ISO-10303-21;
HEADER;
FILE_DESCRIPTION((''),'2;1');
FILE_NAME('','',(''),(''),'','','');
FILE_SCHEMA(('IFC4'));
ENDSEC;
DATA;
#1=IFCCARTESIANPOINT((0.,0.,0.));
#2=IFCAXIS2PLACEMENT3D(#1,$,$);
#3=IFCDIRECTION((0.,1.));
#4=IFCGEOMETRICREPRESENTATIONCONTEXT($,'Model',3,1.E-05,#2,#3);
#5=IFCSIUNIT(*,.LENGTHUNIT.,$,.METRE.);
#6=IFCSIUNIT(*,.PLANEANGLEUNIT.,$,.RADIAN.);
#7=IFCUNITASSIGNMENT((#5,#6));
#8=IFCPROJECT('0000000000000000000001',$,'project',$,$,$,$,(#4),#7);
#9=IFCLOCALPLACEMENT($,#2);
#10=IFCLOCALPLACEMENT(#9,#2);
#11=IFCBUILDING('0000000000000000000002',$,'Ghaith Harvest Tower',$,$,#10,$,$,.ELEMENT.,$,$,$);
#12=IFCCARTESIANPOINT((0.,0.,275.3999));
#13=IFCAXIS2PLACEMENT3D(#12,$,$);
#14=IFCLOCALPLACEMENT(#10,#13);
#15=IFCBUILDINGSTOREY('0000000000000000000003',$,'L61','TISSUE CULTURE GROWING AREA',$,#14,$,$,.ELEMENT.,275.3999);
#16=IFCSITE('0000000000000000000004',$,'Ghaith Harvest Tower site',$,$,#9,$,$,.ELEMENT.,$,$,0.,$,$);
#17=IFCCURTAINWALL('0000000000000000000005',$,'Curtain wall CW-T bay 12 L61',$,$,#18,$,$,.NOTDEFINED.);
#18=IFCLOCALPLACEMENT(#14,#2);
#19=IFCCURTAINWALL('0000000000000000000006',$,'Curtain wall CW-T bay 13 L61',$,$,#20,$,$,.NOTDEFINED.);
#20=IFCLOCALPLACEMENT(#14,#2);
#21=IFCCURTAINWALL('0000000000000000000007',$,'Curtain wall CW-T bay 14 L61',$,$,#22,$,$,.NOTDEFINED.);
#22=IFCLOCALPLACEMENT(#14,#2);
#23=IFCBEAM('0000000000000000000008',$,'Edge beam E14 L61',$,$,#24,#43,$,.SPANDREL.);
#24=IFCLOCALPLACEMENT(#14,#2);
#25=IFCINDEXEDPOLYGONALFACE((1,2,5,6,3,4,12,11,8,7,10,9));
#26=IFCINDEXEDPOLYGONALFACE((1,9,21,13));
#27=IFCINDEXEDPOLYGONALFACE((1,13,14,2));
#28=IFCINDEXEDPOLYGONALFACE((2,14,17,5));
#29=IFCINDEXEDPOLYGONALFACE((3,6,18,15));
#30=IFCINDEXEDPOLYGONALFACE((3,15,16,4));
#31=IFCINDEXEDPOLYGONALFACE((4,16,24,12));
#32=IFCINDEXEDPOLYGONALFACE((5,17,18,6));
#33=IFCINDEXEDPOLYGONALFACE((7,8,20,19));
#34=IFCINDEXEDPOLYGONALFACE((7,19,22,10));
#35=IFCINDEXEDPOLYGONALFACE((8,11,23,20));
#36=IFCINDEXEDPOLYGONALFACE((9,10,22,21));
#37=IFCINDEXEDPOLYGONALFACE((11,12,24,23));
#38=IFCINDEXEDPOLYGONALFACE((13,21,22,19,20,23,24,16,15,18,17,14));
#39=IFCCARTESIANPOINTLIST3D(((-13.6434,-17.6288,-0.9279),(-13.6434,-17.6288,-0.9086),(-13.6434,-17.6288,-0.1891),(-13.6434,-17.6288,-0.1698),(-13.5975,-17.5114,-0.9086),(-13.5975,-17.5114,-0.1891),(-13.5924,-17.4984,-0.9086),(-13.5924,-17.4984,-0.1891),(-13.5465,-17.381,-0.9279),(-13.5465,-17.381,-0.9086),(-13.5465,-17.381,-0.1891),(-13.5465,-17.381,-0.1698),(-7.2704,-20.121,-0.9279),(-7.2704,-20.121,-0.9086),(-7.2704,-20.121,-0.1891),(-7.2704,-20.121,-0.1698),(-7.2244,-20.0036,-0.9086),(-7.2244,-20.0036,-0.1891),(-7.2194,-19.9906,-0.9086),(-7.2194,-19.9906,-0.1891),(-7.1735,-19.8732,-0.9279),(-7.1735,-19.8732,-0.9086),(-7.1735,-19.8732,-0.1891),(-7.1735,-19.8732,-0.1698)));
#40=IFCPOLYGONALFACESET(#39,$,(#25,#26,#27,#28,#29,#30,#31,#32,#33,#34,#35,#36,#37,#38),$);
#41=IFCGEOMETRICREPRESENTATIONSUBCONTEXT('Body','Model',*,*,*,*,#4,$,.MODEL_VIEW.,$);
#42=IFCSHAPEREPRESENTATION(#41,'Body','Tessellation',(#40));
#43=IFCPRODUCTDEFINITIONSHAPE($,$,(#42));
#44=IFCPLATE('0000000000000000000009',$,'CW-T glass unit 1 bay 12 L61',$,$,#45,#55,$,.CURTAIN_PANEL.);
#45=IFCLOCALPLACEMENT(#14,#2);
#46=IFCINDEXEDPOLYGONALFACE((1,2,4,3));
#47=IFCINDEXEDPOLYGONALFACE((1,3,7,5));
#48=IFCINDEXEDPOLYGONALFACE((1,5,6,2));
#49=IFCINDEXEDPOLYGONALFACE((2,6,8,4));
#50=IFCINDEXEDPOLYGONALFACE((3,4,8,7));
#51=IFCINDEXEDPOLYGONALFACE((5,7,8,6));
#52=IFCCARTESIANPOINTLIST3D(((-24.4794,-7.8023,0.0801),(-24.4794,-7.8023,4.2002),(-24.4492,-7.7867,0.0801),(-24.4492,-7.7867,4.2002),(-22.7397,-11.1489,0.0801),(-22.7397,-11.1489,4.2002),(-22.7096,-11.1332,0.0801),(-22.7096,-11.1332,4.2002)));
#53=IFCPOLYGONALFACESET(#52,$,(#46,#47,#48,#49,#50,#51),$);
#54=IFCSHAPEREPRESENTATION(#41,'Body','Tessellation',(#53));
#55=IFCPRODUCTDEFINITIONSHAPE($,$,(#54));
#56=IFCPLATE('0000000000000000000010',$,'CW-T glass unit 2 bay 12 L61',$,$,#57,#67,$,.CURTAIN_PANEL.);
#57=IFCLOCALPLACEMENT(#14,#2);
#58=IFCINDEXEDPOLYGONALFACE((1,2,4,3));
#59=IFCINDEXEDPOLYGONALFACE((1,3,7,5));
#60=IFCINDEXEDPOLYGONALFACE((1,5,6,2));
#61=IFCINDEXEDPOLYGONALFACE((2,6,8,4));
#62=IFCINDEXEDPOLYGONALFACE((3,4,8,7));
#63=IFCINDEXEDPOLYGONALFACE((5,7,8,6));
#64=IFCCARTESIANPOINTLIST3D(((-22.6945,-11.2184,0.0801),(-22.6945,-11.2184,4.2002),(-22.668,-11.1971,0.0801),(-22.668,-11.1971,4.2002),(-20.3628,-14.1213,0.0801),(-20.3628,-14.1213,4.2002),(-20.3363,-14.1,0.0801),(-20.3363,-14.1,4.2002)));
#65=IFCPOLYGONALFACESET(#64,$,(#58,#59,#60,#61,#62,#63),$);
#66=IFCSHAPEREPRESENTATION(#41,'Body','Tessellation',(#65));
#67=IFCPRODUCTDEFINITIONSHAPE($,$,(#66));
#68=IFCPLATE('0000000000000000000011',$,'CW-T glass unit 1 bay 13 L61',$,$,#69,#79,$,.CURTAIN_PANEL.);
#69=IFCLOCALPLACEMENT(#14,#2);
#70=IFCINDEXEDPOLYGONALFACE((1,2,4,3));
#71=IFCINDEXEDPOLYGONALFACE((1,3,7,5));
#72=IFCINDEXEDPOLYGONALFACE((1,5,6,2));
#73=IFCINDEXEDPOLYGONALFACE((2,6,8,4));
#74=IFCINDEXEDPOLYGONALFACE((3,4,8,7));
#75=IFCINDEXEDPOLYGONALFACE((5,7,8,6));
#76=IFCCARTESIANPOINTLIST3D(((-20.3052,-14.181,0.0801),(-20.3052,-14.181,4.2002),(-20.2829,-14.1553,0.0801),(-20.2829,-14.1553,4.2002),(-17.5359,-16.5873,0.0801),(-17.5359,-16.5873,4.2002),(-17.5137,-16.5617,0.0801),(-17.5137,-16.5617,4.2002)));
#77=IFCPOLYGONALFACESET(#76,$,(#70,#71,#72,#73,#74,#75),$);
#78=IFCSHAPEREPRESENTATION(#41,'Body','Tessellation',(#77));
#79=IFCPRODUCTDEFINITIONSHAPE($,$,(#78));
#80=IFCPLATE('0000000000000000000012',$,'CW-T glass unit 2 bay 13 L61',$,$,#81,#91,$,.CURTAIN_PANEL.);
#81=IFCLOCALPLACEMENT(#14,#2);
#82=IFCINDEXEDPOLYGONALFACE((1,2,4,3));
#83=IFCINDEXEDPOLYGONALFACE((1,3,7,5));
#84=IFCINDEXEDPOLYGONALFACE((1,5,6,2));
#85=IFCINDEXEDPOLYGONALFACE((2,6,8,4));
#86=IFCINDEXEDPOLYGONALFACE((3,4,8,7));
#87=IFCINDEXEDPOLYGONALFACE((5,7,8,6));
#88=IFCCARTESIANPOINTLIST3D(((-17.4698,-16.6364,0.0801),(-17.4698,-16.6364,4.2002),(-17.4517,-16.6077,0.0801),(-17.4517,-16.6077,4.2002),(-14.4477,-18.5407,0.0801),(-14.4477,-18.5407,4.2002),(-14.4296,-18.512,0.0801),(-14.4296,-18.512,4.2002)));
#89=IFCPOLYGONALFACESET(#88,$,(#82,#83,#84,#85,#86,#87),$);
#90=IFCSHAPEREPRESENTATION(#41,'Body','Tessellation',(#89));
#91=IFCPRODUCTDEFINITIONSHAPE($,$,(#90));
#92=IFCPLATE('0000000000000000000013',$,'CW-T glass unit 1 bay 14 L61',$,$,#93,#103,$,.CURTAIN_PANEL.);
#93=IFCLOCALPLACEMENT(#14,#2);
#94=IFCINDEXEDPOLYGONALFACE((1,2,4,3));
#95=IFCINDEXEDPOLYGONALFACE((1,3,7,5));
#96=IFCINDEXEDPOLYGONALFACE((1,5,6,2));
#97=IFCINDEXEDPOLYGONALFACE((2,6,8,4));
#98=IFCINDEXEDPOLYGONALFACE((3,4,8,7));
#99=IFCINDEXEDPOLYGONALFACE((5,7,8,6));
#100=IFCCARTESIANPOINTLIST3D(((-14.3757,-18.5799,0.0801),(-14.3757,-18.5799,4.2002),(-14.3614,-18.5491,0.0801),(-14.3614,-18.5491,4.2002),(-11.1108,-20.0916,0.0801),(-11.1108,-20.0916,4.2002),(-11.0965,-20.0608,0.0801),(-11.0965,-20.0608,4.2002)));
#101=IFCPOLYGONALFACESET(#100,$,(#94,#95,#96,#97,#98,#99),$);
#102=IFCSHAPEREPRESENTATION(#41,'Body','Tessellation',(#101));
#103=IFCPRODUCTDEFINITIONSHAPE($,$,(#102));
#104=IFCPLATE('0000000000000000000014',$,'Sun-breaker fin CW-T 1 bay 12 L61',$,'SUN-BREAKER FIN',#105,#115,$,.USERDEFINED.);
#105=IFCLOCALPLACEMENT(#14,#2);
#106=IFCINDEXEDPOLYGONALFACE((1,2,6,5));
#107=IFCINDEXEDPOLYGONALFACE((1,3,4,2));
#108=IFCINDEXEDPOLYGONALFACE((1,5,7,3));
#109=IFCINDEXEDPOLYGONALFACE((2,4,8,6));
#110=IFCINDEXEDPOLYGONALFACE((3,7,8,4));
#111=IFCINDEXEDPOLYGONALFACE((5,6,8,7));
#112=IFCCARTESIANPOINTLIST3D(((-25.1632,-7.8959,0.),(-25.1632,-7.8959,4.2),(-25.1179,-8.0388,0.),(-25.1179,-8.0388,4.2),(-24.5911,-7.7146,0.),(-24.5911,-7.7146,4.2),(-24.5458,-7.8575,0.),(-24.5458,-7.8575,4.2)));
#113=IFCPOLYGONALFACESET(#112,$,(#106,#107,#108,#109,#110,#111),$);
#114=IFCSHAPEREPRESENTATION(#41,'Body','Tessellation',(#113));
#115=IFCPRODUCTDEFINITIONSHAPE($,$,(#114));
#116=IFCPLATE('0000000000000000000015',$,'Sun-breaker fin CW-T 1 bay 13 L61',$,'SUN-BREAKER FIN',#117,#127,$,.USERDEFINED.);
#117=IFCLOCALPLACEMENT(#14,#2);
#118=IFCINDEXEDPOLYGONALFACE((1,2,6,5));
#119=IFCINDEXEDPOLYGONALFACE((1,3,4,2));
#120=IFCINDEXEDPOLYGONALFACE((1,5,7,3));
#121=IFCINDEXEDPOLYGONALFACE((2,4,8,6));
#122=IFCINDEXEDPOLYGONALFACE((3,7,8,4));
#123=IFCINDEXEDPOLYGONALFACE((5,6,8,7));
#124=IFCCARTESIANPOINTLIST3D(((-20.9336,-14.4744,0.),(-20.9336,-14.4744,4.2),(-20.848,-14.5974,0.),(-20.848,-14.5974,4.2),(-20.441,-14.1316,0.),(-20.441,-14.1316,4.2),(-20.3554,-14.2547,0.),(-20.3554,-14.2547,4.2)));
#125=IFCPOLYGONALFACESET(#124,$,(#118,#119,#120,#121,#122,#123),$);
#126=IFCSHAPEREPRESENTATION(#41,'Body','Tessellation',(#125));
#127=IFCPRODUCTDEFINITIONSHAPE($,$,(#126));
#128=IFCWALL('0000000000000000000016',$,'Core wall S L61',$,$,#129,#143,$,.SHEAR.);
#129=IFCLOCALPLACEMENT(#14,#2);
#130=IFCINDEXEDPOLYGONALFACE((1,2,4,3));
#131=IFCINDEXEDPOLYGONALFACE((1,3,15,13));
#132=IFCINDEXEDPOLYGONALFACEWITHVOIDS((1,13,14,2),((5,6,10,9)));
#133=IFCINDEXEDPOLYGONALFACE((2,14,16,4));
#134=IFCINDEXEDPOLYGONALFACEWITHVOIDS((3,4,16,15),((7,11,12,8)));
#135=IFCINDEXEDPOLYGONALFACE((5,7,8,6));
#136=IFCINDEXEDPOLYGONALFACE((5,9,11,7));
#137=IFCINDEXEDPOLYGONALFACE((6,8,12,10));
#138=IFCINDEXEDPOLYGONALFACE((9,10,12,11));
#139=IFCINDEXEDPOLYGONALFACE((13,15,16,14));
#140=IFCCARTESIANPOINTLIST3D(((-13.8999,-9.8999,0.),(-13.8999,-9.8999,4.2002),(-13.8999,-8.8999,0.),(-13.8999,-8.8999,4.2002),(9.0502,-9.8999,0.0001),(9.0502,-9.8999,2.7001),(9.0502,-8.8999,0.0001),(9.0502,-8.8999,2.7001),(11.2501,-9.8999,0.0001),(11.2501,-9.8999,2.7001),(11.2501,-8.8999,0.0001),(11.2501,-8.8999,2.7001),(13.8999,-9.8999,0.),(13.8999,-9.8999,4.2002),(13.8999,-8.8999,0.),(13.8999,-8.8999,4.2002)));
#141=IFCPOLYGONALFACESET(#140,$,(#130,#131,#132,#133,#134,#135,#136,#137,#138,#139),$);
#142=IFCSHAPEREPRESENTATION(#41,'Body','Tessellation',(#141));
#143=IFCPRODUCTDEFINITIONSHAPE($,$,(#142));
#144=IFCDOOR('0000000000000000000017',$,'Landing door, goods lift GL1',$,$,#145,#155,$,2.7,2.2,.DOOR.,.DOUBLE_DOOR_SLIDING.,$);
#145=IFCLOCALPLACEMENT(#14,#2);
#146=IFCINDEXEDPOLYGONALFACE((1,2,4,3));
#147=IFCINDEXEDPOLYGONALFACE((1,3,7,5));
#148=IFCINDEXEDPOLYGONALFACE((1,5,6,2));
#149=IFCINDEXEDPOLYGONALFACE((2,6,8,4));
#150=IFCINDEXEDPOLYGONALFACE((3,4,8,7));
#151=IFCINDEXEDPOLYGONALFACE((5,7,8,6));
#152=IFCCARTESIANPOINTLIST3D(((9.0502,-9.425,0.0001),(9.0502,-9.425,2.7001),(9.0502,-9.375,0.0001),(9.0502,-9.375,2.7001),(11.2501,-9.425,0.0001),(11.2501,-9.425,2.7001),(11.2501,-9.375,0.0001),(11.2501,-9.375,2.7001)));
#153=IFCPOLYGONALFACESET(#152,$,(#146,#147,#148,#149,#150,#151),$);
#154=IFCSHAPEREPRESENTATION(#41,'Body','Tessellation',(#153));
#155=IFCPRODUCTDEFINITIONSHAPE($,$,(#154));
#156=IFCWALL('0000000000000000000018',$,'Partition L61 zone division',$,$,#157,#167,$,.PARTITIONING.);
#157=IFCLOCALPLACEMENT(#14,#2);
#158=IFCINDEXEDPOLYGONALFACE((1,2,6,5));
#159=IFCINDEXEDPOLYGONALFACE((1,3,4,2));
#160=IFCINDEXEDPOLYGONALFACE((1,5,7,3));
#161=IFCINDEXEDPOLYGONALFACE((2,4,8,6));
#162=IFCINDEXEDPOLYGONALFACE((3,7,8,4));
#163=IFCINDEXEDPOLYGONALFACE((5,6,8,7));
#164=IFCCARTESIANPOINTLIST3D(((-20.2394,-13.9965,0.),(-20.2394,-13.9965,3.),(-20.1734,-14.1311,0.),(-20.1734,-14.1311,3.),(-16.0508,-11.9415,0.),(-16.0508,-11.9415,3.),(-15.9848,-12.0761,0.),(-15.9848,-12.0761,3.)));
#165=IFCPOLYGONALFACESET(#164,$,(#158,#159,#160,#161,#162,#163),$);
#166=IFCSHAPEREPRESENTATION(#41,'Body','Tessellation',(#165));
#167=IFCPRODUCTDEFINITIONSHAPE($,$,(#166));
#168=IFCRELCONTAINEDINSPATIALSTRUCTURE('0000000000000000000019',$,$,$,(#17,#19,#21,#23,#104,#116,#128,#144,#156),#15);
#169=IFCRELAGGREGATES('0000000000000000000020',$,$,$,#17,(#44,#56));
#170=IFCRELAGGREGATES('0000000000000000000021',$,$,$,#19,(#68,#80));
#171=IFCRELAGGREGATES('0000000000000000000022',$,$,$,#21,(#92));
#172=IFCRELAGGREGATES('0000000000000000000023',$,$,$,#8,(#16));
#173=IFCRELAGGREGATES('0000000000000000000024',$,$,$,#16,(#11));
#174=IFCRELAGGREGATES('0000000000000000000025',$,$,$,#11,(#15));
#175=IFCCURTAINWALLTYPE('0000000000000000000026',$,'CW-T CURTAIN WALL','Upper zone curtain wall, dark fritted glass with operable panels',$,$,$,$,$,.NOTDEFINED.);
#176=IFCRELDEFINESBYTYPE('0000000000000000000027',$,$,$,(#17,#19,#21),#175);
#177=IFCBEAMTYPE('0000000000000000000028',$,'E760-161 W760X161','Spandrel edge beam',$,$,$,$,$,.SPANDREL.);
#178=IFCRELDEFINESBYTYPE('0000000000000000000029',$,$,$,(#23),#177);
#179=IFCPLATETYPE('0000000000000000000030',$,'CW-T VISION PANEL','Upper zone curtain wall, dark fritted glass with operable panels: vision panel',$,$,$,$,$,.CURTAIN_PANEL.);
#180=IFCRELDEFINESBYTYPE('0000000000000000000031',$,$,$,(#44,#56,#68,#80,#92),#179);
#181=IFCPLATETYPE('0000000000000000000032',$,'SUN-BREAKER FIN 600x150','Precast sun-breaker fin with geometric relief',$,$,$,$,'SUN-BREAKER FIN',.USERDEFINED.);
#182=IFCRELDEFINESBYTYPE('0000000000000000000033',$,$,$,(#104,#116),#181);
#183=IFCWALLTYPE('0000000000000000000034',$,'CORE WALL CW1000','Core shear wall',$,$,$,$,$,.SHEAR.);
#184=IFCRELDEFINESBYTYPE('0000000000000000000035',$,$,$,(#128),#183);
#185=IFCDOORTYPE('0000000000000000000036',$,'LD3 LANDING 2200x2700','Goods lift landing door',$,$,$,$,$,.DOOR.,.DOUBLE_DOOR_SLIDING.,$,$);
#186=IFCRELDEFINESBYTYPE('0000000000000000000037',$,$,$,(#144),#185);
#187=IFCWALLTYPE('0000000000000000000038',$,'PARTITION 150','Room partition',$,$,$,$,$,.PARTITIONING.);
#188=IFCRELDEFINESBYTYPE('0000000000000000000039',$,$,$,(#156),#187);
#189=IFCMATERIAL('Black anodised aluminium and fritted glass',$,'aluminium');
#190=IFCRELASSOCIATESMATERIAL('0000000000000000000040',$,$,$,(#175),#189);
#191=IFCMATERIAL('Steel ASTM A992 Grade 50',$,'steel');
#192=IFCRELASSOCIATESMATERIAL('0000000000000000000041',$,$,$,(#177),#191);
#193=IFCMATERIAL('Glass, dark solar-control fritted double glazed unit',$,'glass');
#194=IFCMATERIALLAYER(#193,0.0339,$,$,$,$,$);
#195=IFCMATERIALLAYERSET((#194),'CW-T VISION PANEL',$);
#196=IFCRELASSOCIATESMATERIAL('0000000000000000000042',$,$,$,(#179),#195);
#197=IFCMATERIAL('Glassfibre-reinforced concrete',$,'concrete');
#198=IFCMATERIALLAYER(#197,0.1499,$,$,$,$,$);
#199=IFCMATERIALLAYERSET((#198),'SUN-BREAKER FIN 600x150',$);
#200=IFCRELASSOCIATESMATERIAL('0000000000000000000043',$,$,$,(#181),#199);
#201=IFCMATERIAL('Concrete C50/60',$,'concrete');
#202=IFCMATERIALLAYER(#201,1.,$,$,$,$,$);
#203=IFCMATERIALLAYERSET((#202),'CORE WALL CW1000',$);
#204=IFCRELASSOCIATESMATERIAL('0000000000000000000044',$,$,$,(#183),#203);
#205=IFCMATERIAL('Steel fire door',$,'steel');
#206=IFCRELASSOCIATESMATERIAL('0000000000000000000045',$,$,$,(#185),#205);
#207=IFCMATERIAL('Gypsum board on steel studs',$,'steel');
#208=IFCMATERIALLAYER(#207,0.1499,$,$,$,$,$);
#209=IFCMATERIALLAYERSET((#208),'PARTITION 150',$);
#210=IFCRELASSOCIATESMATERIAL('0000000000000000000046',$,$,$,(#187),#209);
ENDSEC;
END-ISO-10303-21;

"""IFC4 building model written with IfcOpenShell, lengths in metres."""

from ifc_helpers import new_model, si_unit, direction, frame, frame_2d, origin, origin_2d, place, context, subcontext, project, spatial, rectangle, i_section, extrude, material, layer, layer_set, material_profile, profile_set, type_object, element, fill, aggregate, save


model = new_model("IFC4")

# Units and contexts
model_context = context("Model", 3, precision=1e-05, world=origin(), true_north=direction((0.0, 1.0)))
body_context = subcontext(model_context, "Body", "Model", "MODEL_VIEW")
ifc_project = project(units=[si_unit("LENGTHUNIT", "METRE"), si_unit("PLANEANGLEUNIT", "RADIAN")], contexts=[model_context])

# Site, building, storey
site_placement = place(None, origin())
site = spatial("IfcSite", under=ifc_project, at=site_placement, Name="Ghaith Harvest Tower site", CompositionType="ELEMENT", RefElevation=0.0)
building_placement = place(site_placement, origin())
building = spatial("IfcBuilding", under=site, at=building_placement, Name="Ghaith Harvest Tower", CompositionType="ELEMENT")
storey_placement = place(building_placement, frame((0.0, 0.0, 275.3999)))
storey = spatial("IfcBuildingStorey", under=building, at=storey_placement, Name="L61", Description="TISSUE CULTURE GROWING AREA", CompositionType="ELEMENT", Elevation=275.3999)

# Curtain walls
ifc_material_1 = material(Name="Black anodised aluminium and fritted glass", Category="aluminium")
curtain_wall_type = type_object("IfcCurtainWallType", Name="CW-T CURTAIN WALL", Description="Upper zone curtain wall, dark fritted glass with operable panels", PredefinedType="NOTDEFINED", material=ifc_material_1)
curtain_wall_1_placement = place(storey_placement, origin())
curtain_wall_1 = element("IfcCurtainWall", 1, at=curtain_wall_1_placement, inside=storey, type_object=curtain_wall_type, Name="Curtain wall CW-T bay 12 L61", PredefinedType="NOTDEFINED")
curtain_wall_2_placement = place(storey_placement, origin())
curtain_wall_2 = element("IfcCurtainWall", 2, at=curtain_wall_2_placement, inside=storey, type_object=curtain_wall_type, Name="Curtain wall CW-T bay 13 L61", PredefinedType="NOTDEFINED")

# Curtain wall
curtain_wall_3_placement = place(storey_placement, origin())
curtain_wall_3 = element("IfcCurtainWall", 3, at=curtain_wall_3_placement, inside=storey, type_object=curtain_wall_type, Name="Curtain wall CW-T bay 14 L61", PredefinedType="NOTDEFINED")

# Beam
ifc_material_2 = material(Name="Steel ASTM A992 Grade 50", Category="steel")
ifc_material_profile_1 = material_profile(ifc_material_2, i_section(OverallWidth=0.2661, OverallDepth=0.7581, WebThickness=0.0139, FlangeThickness=0.0193, at=origin_2d()), Name="W760X161")
ifc_profile_set_1 = profile_set([ifc_material_profile_1], Name="Steel ASTM A992 Grade 50")
beam_type = type_object("IfcBeamType", Name="E760-161 W760X161", Description="Spandrel edge beam", PredefinedType="SPANDREL", material=ifc_profile_set_1)
beam_1_placement = place(storey_placement, frame((-13.595, -17.5049, -0.5488), z_axis=(0.931323, -0.364195, 0.0), x_axis=(0.364195, 0.931323, 0.0)))
element("IfcBeam", 4, at=beam_1_placement, inside=storey, type_object=beam_type, Name="Edge beam E14 L61", PredefinedType="SPANDREL", context=body_context, shape_type="SweptSolid", body=[
    extrude(i_section(OverallWidth=0.2661, OverallDepth=0.7581, WebThickness=0.0139, FlangeThickness=0.0193, at=origin_2d()), origin(), (0.0, 0.0, 1.0), 6.843),
])

# Plates
ifc_material_3 = material(Name="Glass, dark solar-control fritted double glazed unit", Category="glass")
ifc_layer_1 = layer(ifc_material_3, 0.0339)
ifc_layer_set_1 = layer_set([ifc_layer_1], Name="CW-T VISION PANEL")
plate_type_1 = type_object("IfcPlateType", Name="CW-T VISION PANEL", Description="Upper zone curtain wall, dark fritted glass with operable panels: vision panel", PredefinedType="CURTAIN_PANEL", material=ifc_layer_set_1)
plate_1_placement = place(storey_placement, frame((-23.5945, -9.4678, 0.0801), z_axis=(0.0, 0.0, 1.0), x_axis=(0.46123, -0.887281, 0.0)))
plate_1 = element("IfcPlate", 5, at=plate_1_placement, type_object=plate_type_1, Name="CW-T glass unit 1 bay 12 L61", PredefinedType="CURTAIN_PANEL", context=body_context, shape_type="SweptSolid", body=[
    extrude(rectangle(XDim=3.7717, YDim=0.0339, at=origin_2d()), origin(), (0.0, 0.0, 1.0), 4.1201),
])
plate_2_placement = place(storey_placement, frame((-21.5154, -12.6592, 0.0801), z_axis=(0.0, 0.0, 1.0), x_axis=(0.62623, -0.779639, 0.0)))
plate_2 = element("IfcPlate", 6, at=plate_2_placement, type_object=plate_type_1, Name="CW-T glass unit 2 bay 12 L61", PredefinedType="CURTAIN_PANEL", context=body_context, shape_type="SweptSolid", body=[
    extrude(rectangle(XDim=3.7234, YDim=0.0339, at=origin_2d()), origin(), (0.0, 0.0, 1.0), 4.1201),
])
aggregate(curtain_wall_1, [plate_1, plate_2])
plate_3_placement = place(storey_placement, frame((-18.9094, -15.3713, 0.0801), z_axis=(0.0, 0.0, 1.0), x_axis=(0.754829, -0.655922, 0.0)))
plate_3 = element("IfcPlate", 7, at=plate_3_placement, type_object=plate_type_1, Name="CW-T glass unit 1 bay 13 L61", PredefinedType="CURTAIN_PANEL", context=body_context, shape_type="SweptSolid", body=[
    extrude(rectangle(XDim=3.6687, YDim=0.0339, at=origin_2d()), origin(), (0.0, 0.0, 1.0), 4.1201),
])
plate_4_placement = place(storey_placement, frame((-15.9497, -17.5742, 0.0801), z_axis=(0.0, 0.0, 1.0), x_axis=(0.846043, -0.533114, 0.0)))
plate_4 = element("IfcPlate", 8, at=plate_4_placement, type_object=plate_type_1, Name="CW-T glass unit 2 bay 13 L61", PredefinedType="CURTAIN_PANEL", context=body_context, shape_type="SweptSolid", body=[
    extrude(rectangle(XDim=3.572, YDim=0.0339, at=origin_2d()), origin(), (0.0, 0.0, 1.0), 4.1201),
])
aggregate(curtain_wall_2, [plate_3, plate_4])
plate_5_placement = place(storey_placement, frame((-12.7361, -19.3203, 0.0801), z_axis=(0.0, 0.0, 1.0), x_axis=(0.90745, -0.42016, 0.0)))
plate_5 = element("IfcPlate", 9, at=plate_5_placement, type_object=plate_type_1, Name="CW-T glass unit 1 bay 14 L61", PredefinedType="CURTAIN_PANEL", context=body_context, shape_type="SweptSolid", body=[
    extrude(rectangle(XDim=3.5979, YDim=0.0339, at=origin_2d()), origin(), (0.0, 0.0, 1.0), 4.1201),
])
aggregate(curtain_wall_3, [plate_5])

# Plates
ifc_material_4 = material(Name="Glassfibre-reinforced concrete", Category="concrete")
ifc_layer_2 = layer(ifc_material_4, 0.1499)
ifc_layer_set_2 = layer_set([ifc_layer_2], Name="SUN-BREAKER FIN 600x150")
plate_type_2 = type_object("IfcPlateType", Name="SUN-BREAKER FIN 600x150", Description="Precast sun-breaker fin with geometric relief", ElementType="SUN-BREAKER FIN", PredefinedType="USERDEFINED", material=ifc_layer_set_2)
for number, where, z_axis, x_axis, name in (
    (10, (-24.8545, -7.8767, 0.0), (0.0, 0.0, 1.0), (-0.953273, -0.30211, 0.0), "Sun-breaker fin CW-T 1 bay 12 L61"),
    (11, (-20.6445, -14.3645, 0.0), (0.0, 0.0, 1.0), (-0.820845, -0.57115, 0.0), "Sun-breaker fin CW-T 1 bay 13 L61"),
):
    element("IfcPlate", number, at=place(storey_placement, frame(where, z_axis=z_axis, x_axis=x_axis)), inside=storey, type_object=plate_type_2, Name=name, ObjectType="SUN-BREAKER FIN", PredefinedType="USERDEFINED", context=body_context, shape_type="SweptSolid", body=[
        extrude(rectangle(XDim=0.6001, YDim=0.1499, at=origin_2d()), origin(), (0.0, 0.0, 1.0), 4.2),
    ])

# Wall, opening, door
ifc_material_5 = material(Name="Concrete C50/60", Category="concrete")
ifc_layer_3 = layer(ifc_material_5, 1.0)
ifc_layer_set_3 = layer_set([ifc_layer_3], Name="CORE WALL CW1000")
wall_type_1 = type_object("IfcWallType", Name="CORE WALL CW1000", Description="Core shear wall", PredefinedType="SHEAR", material=ifc_layer_set_3)
wall_1_placement = place(storey_placement, frame((-13.8999, -9.3999, 0.0), z_axis=(0.0, 0.0, 1.0), x_axis=(1.0, 0.0, 0.0)))
wall_1 = element("IfcWall", 12, at=wall_1_placement, inside=storey, type_object=wall_type_1, Name="Core wall S L61", PredefinedType="SHEAR", context=body_context, shape_type="SweptSolid", body=[
    extrude(rectangle(XDim=27.7998, YDim=1.0, at=frame_2d((13.8999, 0.0))), origin(), (0.0, 0.0, 1.0), 4.2002),
])
opening_placement = place(wall_1_placement, frame((22.95, 0.0, 0.0)))
opening = element("IfcOpeningElement", 13, at=opening_placement, cuts=wall_1, PredefinedType="OPENING", context=body_context, shape_type="SweptSolid", body=[
    extrude(rectangle(XDim=2.2, YDim=2.7, at=frame_2d((1.1001, 1.3501))), frame((0.0, 0.51, 0.0), z_axis=(0.0, -1.0, 0.0), x_axis=(1.0, 0.0, 0.0)), (0.0, 0.0, 1.0), 1.02),
])
ifc_material_6 = material(Name="Steel fire door", Category="steel")
door_type = type_object("IfcDoorType", Name="LD3 LANDING 2200x2700", Description="Goods lift landing door", OperationType="DOUBLE_DOOR_SLIDING", PredefinedType="DOOR", material=ifc_material_6)
door_placement = place(opening_placement, origin())
door = element("IfcDoor", 14, at=door_placement, inside=storey, type_object=door_type, Name="Landing door, goods lift GL1", OperationType="DOUBLE_DOOR_SLIDING", OverallHeight=2.7, OverallWidth=2.2, PredefinedType="DOOR", context=body_context, shape_type="SweptSolid", body=[
    extrude(rectangle(XDim=2.2, YDim=2.7, at=frame_2d((1.1001, 1.3501))), frame((0.0, 0.0249, 0.0), z_axis=(0.0, -1.0, 0.0), x_axis=(1.0, 0.0, 0.0)), (0.0, 0.0, 1.0), 0.05),
])
fill(opening, door)

# Wall
ifc_material_7 = material(Name="Gypsum board on steel studs", Category="steel")
ifc_layer_4 = layer(ifc_material_7, 0.1499)
ifc_layer_set_4 = layer_set([ifc_layer_4], Name="PARTITION 150")
wall_type_2 = type_object("IfcWallType", Name="PARTITION 150", Description="Room partition", PredefinedType="PARTITIONING", material=ifc_layer_set_4)
wall_2_placement = place(storey_placement, frame((-16.0178, -12.0088, 0.0), z_axis=(0.0, 0.0, 1.0), x_axis=(-0.897772, -0.440461, 0.0)))
element("IfcWall", 15, at=wall_2_placement, inside=storey, type_object=wall_type_2, Name="Partition L61 zone division", PredefinedType="PARTITIONING", context=body_context, shape_type="SweptSolid", body=[
    extrude(rectangle(XDim=4.6655, YDim=0.1499, at=frame_2d((2.3328, 0.0))), origin(), (0.0, 0.0, 1.0), 3.0),
])

save(model, "model.ifc")
